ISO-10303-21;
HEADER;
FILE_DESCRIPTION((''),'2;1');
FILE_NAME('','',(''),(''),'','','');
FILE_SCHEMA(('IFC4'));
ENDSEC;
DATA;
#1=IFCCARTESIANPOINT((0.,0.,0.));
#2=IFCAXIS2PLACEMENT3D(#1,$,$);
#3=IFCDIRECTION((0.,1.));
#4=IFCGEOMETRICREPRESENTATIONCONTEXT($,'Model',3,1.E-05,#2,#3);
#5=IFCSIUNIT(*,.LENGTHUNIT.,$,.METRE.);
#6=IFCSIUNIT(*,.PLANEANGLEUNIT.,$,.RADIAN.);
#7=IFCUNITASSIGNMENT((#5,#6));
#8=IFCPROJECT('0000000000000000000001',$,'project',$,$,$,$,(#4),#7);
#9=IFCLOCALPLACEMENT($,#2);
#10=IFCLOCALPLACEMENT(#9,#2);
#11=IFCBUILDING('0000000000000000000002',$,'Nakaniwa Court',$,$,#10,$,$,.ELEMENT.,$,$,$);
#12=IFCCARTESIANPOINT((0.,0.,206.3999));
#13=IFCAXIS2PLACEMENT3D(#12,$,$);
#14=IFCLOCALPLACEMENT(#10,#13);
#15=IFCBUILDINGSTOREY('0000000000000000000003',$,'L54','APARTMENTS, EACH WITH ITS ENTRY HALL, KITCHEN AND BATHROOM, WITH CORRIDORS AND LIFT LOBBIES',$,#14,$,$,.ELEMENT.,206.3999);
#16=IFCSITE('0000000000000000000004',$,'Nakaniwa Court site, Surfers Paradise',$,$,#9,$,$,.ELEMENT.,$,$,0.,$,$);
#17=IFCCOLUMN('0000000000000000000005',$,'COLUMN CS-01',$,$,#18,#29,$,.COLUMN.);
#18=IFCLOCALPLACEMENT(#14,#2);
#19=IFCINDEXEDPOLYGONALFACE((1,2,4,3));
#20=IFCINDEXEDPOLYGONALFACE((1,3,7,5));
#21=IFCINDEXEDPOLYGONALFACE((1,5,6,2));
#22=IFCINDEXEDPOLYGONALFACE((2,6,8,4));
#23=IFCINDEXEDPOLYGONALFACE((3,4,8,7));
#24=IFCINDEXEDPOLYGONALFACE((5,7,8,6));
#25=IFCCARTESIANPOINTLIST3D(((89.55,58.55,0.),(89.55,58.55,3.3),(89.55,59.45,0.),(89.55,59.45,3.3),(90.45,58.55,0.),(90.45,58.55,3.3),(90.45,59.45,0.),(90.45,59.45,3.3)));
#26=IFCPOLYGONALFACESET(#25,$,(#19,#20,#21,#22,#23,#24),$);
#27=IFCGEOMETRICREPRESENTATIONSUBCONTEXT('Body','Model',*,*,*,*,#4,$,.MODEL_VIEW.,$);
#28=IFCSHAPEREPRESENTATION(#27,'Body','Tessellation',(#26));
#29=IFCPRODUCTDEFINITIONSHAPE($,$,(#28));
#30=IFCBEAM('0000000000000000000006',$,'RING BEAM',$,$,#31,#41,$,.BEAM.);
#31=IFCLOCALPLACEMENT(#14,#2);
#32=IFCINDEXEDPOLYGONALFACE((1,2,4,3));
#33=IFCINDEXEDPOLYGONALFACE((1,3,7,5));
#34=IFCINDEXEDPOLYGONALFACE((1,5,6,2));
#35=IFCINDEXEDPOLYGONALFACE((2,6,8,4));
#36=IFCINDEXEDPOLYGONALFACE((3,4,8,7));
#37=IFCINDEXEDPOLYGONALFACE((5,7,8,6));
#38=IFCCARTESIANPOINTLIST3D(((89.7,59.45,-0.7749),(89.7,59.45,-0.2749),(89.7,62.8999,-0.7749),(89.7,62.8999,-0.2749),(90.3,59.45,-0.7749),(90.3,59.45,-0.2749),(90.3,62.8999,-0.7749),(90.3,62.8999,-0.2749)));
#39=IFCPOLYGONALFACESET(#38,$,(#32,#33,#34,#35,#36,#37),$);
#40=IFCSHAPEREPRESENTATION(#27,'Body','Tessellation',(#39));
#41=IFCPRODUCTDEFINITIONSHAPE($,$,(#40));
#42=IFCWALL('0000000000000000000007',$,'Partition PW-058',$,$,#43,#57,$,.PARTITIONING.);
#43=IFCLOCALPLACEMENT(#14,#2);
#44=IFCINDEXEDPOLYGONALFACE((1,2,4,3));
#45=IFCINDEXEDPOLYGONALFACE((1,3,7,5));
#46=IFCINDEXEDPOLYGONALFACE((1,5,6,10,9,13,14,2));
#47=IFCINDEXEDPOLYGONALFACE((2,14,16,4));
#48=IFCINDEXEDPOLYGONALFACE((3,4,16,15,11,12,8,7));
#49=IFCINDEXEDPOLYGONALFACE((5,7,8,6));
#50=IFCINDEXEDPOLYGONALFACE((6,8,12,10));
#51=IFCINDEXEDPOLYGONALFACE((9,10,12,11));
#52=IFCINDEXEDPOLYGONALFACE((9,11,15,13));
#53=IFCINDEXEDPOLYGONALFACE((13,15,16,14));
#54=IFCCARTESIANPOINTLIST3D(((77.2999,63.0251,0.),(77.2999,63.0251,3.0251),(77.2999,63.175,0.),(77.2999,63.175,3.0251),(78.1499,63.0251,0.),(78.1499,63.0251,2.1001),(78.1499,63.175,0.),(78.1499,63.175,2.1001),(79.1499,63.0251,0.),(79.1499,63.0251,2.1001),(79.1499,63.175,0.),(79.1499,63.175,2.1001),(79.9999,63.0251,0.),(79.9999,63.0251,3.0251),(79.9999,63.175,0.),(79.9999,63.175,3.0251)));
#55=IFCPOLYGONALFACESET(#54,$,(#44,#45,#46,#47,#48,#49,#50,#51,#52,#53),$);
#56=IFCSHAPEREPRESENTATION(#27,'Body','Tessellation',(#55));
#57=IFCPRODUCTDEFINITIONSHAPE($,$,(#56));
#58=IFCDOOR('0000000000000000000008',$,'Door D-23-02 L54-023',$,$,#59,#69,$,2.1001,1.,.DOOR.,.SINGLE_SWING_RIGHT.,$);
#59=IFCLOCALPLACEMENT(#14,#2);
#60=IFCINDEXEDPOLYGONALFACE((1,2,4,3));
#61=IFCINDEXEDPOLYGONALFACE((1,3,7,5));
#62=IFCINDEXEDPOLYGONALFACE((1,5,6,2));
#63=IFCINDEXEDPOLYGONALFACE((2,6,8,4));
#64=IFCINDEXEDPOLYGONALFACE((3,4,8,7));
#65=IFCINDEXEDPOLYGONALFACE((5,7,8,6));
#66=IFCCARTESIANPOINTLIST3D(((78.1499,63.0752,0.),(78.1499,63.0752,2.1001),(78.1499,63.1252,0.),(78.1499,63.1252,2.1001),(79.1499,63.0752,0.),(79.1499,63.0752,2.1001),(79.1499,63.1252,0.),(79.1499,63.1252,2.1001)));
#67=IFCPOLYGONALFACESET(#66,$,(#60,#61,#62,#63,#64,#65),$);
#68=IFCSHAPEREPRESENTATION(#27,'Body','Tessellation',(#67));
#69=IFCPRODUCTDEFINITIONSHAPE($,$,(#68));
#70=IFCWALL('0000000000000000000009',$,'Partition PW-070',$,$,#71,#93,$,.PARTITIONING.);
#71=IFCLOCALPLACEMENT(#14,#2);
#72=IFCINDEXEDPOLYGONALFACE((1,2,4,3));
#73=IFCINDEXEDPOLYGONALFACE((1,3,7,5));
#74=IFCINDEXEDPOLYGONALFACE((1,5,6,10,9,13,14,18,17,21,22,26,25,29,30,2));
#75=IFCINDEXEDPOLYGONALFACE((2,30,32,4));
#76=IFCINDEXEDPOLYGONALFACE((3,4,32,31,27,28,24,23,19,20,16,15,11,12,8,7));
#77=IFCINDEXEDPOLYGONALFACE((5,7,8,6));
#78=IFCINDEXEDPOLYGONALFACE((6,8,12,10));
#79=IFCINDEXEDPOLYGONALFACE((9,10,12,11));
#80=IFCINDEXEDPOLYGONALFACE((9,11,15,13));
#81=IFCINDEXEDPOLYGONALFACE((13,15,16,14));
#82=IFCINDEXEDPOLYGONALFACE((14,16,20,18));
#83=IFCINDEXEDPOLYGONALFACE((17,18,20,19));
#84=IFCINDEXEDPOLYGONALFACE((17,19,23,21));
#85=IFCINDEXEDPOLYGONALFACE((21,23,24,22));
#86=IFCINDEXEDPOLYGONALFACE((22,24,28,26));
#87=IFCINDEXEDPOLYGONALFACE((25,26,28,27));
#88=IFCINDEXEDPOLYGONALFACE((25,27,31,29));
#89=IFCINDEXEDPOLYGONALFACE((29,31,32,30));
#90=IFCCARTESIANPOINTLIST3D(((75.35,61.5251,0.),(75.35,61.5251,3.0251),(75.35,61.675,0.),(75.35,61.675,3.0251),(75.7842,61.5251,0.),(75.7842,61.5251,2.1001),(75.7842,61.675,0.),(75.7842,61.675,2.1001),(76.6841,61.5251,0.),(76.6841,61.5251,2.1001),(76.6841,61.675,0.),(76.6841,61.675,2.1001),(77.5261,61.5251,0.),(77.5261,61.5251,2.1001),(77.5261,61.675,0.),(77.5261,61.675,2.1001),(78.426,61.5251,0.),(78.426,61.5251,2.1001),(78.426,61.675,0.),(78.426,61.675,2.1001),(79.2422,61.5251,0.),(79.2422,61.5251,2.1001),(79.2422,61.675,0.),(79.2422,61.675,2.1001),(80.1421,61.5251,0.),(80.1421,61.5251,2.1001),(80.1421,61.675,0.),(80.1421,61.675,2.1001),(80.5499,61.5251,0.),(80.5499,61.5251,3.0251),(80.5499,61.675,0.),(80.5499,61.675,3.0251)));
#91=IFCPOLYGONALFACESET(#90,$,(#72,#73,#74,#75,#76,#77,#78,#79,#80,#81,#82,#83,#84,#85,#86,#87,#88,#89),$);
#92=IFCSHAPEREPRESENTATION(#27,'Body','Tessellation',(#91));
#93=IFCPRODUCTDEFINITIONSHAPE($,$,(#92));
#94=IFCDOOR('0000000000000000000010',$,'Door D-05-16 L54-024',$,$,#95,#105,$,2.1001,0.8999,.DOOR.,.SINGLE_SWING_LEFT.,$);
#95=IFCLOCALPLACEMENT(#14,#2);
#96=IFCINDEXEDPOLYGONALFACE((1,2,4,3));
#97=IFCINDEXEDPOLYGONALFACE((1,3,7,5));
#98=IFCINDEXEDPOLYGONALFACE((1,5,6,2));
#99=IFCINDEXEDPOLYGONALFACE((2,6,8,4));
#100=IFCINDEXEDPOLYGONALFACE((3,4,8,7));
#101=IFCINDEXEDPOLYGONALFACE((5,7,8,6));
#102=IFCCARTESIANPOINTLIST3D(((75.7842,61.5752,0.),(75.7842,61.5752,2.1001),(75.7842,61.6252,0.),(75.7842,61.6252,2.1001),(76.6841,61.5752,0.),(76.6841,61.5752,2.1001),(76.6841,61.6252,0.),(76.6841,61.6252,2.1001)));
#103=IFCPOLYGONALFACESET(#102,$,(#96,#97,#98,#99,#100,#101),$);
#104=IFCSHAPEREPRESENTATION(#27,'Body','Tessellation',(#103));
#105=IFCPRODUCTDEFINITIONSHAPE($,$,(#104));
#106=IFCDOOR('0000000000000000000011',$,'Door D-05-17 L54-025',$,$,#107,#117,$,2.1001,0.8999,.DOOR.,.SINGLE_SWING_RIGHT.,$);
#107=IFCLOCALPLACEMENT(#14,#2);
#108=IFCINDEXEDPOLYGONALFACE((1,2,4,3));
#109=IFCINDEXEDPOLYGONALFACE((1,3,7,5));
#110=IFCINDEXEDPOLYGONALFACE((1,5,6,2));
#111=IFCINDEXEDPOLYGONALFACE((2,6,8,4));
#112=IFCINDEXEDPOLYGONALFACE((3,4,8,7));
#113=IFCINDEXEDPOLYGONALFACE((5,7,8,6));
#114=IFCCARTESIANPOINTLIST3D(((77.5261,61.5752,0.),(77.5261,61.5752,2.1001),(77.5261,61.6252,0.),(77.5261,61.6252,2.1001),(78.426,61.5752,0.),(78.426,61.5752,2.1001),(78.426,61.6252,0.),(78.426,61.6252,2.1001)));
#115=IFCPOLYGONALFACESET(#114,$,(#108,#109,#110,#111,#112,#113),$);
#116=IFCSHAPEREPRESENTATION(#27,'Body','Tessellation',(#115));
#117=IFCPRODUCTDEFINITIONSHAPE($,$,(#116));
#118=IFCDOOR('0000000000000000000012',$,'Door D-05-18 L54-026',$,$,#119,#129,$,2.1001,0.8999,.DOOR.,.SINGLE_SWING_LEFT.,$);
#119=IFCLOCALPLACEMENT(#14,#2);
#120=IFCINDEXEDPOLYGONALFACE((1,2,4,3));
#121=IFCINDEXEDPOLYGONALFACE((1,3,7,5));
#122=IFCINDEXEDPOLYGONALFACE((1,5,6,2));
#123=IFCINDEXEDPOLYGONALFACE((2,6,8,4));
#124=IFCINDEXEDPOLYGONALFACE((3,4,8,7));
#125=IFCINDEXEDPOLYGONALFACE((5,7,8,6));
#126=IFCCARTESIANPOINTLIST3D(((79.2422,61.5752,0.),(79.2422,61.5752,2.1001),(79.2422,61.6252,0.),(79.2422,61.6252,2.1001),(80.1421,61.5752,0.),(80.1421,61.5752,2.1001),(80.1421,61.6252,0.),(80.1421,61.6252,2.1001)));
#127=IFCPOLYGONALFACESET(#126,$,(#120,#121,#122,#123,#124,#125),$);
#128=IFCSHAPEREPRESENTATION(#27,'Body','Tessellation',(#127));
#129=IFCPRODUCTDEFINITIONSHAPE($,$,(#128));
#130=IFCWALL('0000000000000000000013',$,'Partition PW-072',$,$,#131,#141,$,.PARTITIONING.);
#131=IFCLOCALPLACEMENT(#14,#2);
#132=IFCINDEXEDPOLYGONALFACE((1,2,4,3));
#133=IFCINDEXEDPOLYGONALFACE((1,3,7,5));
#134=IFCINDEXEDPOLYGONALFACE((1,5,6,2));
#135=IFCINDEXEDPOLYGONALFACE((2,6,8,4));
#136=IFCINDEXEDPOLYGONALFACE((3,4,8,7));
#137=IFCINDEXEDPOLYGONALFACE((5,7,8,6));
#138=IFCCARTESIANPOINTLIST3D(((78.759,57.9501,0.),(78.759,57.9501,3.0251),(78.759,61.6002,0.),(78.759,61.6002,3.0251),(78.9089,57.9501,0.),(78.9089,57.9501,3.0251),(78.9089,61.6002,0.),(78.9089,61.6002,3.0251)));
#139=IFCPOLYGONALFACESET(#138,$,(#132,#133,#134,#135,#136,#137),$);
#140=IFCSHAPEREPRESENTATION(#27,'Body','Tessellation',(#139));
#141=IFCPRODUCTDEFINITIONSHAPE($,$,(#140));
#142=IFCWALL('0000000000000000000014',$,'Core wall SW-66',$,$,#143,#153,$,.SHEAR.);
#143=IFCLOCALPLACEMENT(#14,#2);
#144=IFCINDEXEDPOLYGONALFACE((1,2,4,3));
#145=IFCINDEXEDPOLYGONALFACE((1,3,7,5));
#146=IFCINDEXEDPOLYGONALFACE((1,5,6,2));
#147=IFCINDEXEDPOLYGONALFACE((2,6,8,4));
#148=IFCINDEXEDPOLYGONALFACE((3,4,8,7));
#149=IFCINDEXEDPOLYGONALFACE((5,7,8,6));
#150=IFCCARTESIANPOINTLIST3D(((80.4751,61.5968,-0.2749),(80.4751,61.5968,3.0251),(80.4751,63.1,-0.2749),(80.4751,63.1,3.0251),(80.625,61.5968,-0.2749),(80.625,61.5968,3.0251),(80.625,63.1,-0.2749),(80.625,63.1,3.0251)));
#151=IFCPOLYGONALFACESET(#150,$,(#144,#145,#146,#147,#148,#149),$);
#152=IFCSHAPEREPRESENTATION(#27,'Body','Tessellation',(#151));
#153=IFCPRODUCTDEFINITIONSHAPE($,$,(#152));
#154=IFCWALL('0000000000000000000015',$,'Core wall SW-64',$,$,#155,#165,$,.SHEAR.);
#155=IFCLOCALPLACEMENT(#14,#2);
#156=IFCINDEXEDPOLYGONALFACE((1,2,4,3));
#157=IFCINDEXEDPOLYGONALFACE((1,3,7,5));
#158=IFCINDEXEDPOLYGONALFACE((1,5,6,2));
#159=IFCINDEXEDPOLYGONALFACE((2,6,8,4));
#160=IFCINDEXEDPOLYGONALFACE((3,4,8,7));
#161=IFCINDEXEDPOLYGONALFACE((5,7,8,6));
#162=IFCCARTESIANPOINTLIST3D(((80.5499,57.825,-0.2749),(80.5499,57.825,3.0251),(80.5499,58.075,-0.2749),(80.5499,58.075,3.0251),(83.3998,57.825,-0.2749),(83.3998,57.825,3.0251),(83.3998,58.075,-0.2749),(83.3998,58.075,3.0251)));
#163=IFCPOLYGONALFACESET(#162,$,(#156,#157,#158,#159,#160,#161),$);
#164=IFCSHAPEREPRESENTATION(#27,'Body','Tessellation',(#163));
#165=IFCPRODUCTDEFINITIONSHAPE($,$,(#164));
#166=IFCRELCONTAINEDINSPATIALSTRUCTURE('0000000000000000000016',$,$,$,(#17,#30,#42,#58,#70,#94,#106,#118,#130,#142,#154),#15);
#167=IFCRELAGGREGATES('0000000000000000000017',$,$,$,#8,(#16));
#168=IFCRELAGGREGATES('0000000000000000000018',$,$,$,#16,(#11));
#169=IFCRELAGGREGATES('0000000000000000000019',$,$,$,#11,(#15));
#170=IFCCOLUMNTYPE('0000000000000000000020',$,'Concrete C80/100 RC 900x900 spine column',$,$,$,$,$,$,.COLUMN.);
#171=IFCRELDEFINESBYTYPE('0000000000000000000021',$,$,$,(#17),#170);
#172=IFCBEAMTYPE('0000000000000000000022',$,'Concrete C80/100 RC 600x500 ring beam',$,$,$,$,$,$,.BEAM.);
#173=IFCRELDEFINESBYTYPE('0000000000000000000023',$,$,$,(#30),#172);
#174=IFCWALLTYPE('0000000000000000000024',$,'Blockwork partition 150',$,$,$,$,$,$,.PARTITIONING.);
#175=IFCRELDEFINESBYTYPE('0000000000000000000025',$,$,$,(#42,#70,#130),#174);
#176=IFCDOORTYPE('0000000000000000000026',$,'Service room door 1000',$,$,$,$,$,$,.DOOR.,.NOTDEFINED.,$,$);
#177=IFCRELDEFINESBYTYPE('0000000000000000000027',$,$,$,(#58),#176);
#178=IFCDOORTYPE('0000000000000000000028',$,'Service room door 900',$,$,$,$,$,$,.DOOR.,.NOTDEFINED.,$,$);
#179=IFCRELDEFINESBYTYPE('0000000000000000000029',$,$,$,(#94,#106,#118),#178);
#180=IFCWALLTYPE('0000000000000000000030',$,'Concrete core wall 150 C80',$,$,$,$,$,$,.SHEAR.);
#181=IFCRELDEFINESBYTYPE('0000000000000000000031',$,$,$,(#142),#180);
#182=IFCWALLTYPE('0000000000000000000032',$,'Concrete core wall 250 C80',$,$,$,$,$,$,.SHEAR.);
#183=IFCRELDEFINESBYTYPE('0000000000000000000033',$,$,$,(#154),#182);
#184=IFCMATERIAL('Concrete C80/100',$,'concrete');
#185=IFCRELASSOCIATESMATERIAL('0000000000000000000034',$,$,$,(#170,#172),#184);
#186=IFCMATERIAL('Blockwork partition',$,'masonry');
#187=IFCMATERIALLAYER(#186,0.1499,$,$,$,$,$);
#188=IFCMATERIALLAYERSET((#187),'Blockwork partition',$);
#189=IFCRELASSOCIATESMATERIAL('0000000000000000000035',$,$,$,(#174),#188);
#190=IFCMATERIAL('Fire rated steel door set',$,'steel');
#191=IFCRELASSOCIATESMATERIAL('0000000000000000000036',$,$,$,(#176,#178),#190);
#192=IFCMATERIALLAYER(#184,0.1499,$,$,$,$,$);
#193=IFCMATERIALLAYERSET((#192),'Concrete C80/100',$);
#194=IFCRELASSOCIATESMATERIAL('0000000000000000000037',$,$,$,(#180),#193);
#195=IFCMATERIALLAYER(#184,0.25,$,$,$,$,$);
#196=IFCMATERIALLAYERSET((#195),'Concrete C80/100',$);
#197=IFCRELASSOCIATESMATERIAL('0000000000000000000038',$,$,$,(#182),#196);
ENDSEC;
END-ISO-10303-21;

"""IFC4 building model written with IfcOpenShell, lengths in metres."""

from ifc_helpers import new_model, si_unit, direction, frame, frame_2d, origin, origin_2d, place, context, subcontext, project, spatial, rectangle, extrude, material, layer, layer_set, material_profile, profile_set, type_object, element, fill, save


model = new_model("IFC4")

# Units and contexts
model_context = context("Model", 3, precision=1e-05, world=origin(), true_north=direction((0.0, 1.0)))
body_context = subcontext(model_context, "Body", "Model", "MODEL_VIEW")
ifc_project = project(units=[si_unit("LENGTHUNIT", "METRE"), si_unit("PLANEANGLEUNIT", "RADIAN")], contexts=[model_context])

# Site, building, storey
site_placement = place(None, origin())
site = spatial("IfcSite", under=ifc_project, at=site_placement, Name="Nakaniwa Court site, Surfers Paradise", CompositionType="ELEMENT", RefElevation=0.0)
building_placement = place(site_placement, origin())
building = spatial("IfcBuilding", under=site, at=building_placement, Name="Nakaniwa Court", CompositionType="ELEMENT")
storey_placement = place(building_placement, frame((0.0, 0.0, 206.3999)))
storey = spatial("IfcBuildingStorey", under=building, at=storey_placement, Name="L54", Description="APARTMENTS, EACH WITH ITS ENTRY HALL, KITCHEN AND BATHROOM, WITH CORRIDORS AND LIFT LOBBIES", CompositionType="ELEMENT", Elevation=206.3999)

# Column
ifc_material_1 = material(Name="Concrete C80/100", Category="concrete")
ifc_material_profile_1 = material_profile(ifc_material_1, rectangle(XDim=0.8999, YDim=0.8999, at=origin_2d()), Name="Concrete C80/100 RC 900x900 spine column")
ifc_profile_set_1 = profile_set([ifc_material_profile_1], Name="Concrete C80/100")
column_type = type_object("IfcColumnType", Name="Concrete C80/100 RC 900x900 spine column", PredefinedType="COLUMN", material=ifc_profile_set_1)
column_placement = place(storey_placement, frame((90.0, 59.0, 0.0), z_axis=(0.0, 0.0, 1.0), x_axis=(0.0, 1.0, 0.0)))
element("IfcColumn", 1, at=column_placement, inside=storey, type_object=column_type, Name="COLUMN CS-01", PredefinedType="COLUMN", context=body_context, shape_type="SweptSolid", body=[
    extrude(rectangle(XDim=0.8999, YDim=0.8999, at=origin_2d()), origin(), (0.0, 0.0, 1.0), 3.3),
])

# Beam
ifc_material_profile_2 = material_profile(ifc_material_1, rectangle(XDim=0.6001, YDim=0.5, at=origin_2d()), Name="Concrete C80/100 RC 600x500 ring beam")
ifc_profile_set_2 = profile_set([ifc_material_profile_2], Name="Concrete C80/100")
beam_type = type_object("IfcBeamType", Name="Concrete C80/100 RC 600x500 ring beam", PredefinedType="BEAM", material=ifc_profile_set_2)
beam_placement = place(storey_placement, frame((90.0, 59.45, -0.5249), z_axis=(0.0, 1.0, 0.0), x_axis=(-1.0, 0.0, 0.0)))
element("IfcBeam", 2, at=beam_placement, inside=storey, type_object=beam_type, Name="RING BEAM", PredefinedType="BEAM", context=body_context, shape_type="SweptSolid", body=[
    extrude(rectangle(XDim=0.6001, YDim=0.5, at=origin_2d()), origin(), (0.0, 0.0, 1.0), 3.45),
])

# Wall, opening, door
ifc_material_2 = material(Name="Blockwork partition", Category="masonry")
ifc_layer_1 = layer(ifc_material_2, 0.1499)
ifc_layer_set_1 = layer_set([ifc_layer_1], Name="Blockwork partition")
wall_type_1 = type_object("IfcWallType", Name="Blockwork partition 150", PredefinedType="PARTITIONING", material=ifc_layer_set_1)
wall_1_placement = place(storey_placement, frame((80.0, 63.1001, 0.0), z_axis=(0.0, 0.0, 1.0), x_axis=(-1.0, 0.0, 0.0)))
wall_1 = element("IfcWall", 3, at=wall_1_placement, inside=storey, type_object=wall_type_1, Name="Partition PW-058", PredefinedType="PARTITIONING", context=body_context, shape_type="SweptSolid", body=[
    extrude(rectangle(XDim=2.7, YDim=0.1499, at=frame_2d((1.3501, 0.0))), origin(), (0.0, 0.0, 1.0), 3.0251),
])
opening_1_placement = place(wall_1_placement, frame((0.8501, 0.0, 0.0)))
opening_1 = element("IfcOpeningElement", 4, at=opening_1_placement, cuts=wall_1, PredefinedType="OPENING", context=body_context, shape_type="SweptSolid", body=[
    extrude(rectangle(XDim=1.0, YDim=2.1001, at=frame_2d((0.5, 1.05))), frame((0.0, 0.085, 0.0), z_axis=(0.0, -1.0, 0.0), x_axis=(1.0, 0.0, 0.0)), (0.0, 0.0, 1.0), 0.1699),
])
ifc_material_3 = material(Name="Fire rated steel door set", Category="steel")
door_type_1 = type_object("IfcDoorType", Name="Service room door 1000", OperationType="NOTDEFINED", PredefinedType="DOOR", material=ifc_material_3)
door_1_placement = place(opening_1_placement, origin())
door_1 = element("IfcDoor", 5, at=door_1_placement, inside=storey, type_object=door_type_1, Name="Door D-23-02 L54-023", OperationType="SINGLE_SWING_RIGHT", OverallHeight=2.1001, OverallWidth=1.0, PredefinedType="DOOR", context=body_context, shape_type="SweptSolid", body=[
    extrude(rectangle(XDim=1.0, YDim=2.1001, at=frame_2d((0.5, 1.05))), frame((0.0, 0.0249, 0.0), z_axis=(0.0, -1.0, 0.0), x_axis=(1.0, 0.0, 0.0)), (0.0, 0.0, 1.0), 0.05),
])
fill(opening_1, door_1)

# Wall, openings, doors
wall_2_placement = place(storey_placement, frame((80.55, 61.6001, 0.0), z_axis=(0.0, 0.0, 1.0), x_axis=(-1.0, 0.0, 0.0)))
wall_2 = element("IfcWall", 6, at=wall_2_placement, inside=storey, type_object=wall_type_1, Name="Partition PW-070", PredefinedType="PARTITIONING", context=body_context, shape_type="SweptSolid", body=[
    extrude(rectangle(XDim=5.2, YDim=0.1499, at=frame_2d((2.6001, 0.0))), origin(), (0.0, 0.0, 1.0), 3.0251),
])
opening_2_placement = place(wall_2_placement, frame((3.866, 0.0, 0.0)))
opening_2 = element("IfcOpeningElement", 7, at=opening_2_placement, cuts=wall_2, PredefinedType="OPENING", context=body_context, shape_type="SweptSolid", body=[
    extrude(rectangle(XDim=0.8999, YDim=2.1001, at=frame_2d((0.45, 1.05))), frame((0.0, 0.085, 0.0), z_axis=(0.0, -1.0, 0.0), x_axis=(1.0, 0.0, 0.0)), (0.0, 0.0, 1.0), 0.1699),
])
opening_3_placement = place(wall_2_placement, frame((2.124, 0.0, 0.0)))
opening_3 = element("IfcOpeningElement", 8, at=opening_3_placement, cuts=wall_2, PredefinedType="OPENING", context=body_context, shape_type="SweptSolid", body=[
    extrude(rectangle(XDim=0.8999, YDim=2.1001, at=frame_2d((0.45, 1.05))), frame((0.0, 0.085, 0.0), z_axis=(0.0, -1.0, 0.0), x_axis=(1.0, 0.0, 0.0)), (0.0, 0.0, 1.0), 0.1699),
])
opening_4_placement = place(wall_2_placement, frame((0.408, 0.0, 0.0)))
opening_4 = element("IfcOpeningElement", 9, at=opening_4_placement, cuts=wall_2, PredefinedType="OPENING", context=body_context, shape_type="SweptSolid", body=[
    extrude(rectangle(XDim=0.8999, YDim=2.1001, at=frame_2d((0.45, 1.05))), frame((0.0, 0.085, 0.0), z_axis=(0.0, -1.0, 0.0), x_axis=(1.0, 0.0, 0.0)), (0.0, 0.0, 1.0), 0.1699),
])
door_type_2 = type_object("IfcDoorType", Name="Service room door 900", OperationType="NOTDEFINED", PredefinedType="DOOR", material=ifc_material_3)
door_2_placement = place(opening_2_placement, origin())
door_2 = element("IfcDoor", 10, at=door_2_placement, inside=storey, type_object=door_type_2, Name="Door D-05-16 L54-024", OperationType="SINGLE_SWING_LEFT", OverallHeight=2.1001, OverallWidth=0.8999, PredefinedType="DOOR", context=body_context, shape_type="SweptSolid", body=[
    extrude(rectangle(XDim=0.8999, YDim=2.1001, at=frame_2d((0.45, 1.05))), frame((0.0, 0.0249, 0.0), z_axis=(0.0, -1.0, 0.0), x_axis=(1.0, 0.0, 0.0)), (0.0, 0.0, 1.0), 0.05),
])
fill(opening_2, door_2)
door_3_placement = place(opening_3_placement, origin())
door_3 = element("IfcDoor", 11, at=door_3_placement, inside=storey, type_object=door_type_2, Name="Door D-05-17 L54-025", OperationType="SINGLE_SWING_RIGHT", OverallHeight=2.1001, OverallWidth=0.8999, PredefinedType="DOOR", context=body_context, shape_type="SweptSolid", body=[
    extrude(rectangle(XDim=0.8999, YDim=2.1001, at=frame_2d((0.45, 1.05))), frame((0.0, 0.0249, 0.0), z_axis=(0.0, -1.0, 0.0), x_axis=(1.0, 0.0, 0.0)), (0.0, 0.0, 1.0), 0.05),
])
fill(opening_3, door_3)
door_4_placement = place(opening_4_placement, origin())
door_4 = element("IfcDoor", 12, at=door_4_placement, inside=storey, type_object=door_type_2, Name="Door D-05-18 L54-026", OperationType="SINGLE_SWING_LEFT", OverallHeight=2.1001, OverallWidth=0.8999, PredefinedType="DOOR", context=body_context, shape_type="SweptSolid", body=[
    extrude(rectangle(XDim=0.8999, YDim=2.1001, at=frame_2d((0.45, 1.05))), frame((0.0, 0.0249, 0.0), z_axis=(0.0, -1.0, 0.0), x_axis=(1.0, 0.0, 0.0)), (0.0, 0.0, 1.0), 0.05),
])
fill(opening_4, door_4)

# Walls
wall_3_placement = place(storey_placement, frame((78.834, 57.95, 0.0), z_axis=(0.0, 0.0, 1.0), x_axis=(0.0, 1.0, 0.0)))
element("IfcWall", 13, at=wall_3_placement, inside=storey, type_object=wall_type_1, Name="Partition PW-072", PredefinedType="PARTITIONING", context=body_context, shape_type="SweptSolid", body=[
    extrude(rectangle(XDim=3.6501, YDim=0.1499, at=frame_2d((1.8252, 0.0))), origin(), (0.0, 0.0, 1.0), 3.0251),
])
ifc_layer_2 = layer(ifc_material_1, 0.1499)
ifc_layer_set_2 = layer_set([ifc_layer_2], Name="Concrete C80/100")
wall_type_2 = type_object("IfcWallType", Name="Concrete core wall 150 C80", PredefinedType="SHEAR", material=ifc_layer_set_2)
wall_4_placement = place(storey_placement, frame((80.55, 61.5969, -0.2749), z_axis=(0.0, 0.0, 1.0), x_axis=(0.0, 1.0, 0.0)))
element("IfcWall", 14, at=wall_4_placement, inside=storey, type_object=wall_type_2, Name="Core wall SW-66", PredefinedType="SHEAR", context=body_context, shape_type="SweptSolid", body=[
    extrude(rectangle(XDim=1.5032, YDim=0.1499, at=frame_2d((0.7515, 0.0))), origin(), (0.0, 0.0, 1.0), 3.3),
])
ifc_layer_3 = layer(ifc_material_1, 0.25)
ifc_layer_set_3 = layer_set([ifc_layer_3], Name="Concrete C80/100")
wall_type_3 = type_object("IfcWallType", Name="Concrete core wall 250 C80", PredefinedType="SHEAR", material=ifc_layer_set_3)
wall_5_placement = place(storey_placement, frame((80.55, 57.95, -0.2749), z_axis=(0.0, 0.0, 1.0), x_axis=(1.0, 0.0, 0.0)))
element("IfcWall", 15, at=wall_5_placement, inside=storey, type_object=wall_type_3, Name="Core wall SW-64", PredefinedType="SHEAR", context=body_context, shape_type="SweptSolid", body=[
    extrude(rectangle(XDim=2.8499, YDim=0.25, at=frame_2d((1.4248, 0.0))), origin(), (0.0, 0.0, 1.0), 3.3),
])

save(model, "model.ifc")
